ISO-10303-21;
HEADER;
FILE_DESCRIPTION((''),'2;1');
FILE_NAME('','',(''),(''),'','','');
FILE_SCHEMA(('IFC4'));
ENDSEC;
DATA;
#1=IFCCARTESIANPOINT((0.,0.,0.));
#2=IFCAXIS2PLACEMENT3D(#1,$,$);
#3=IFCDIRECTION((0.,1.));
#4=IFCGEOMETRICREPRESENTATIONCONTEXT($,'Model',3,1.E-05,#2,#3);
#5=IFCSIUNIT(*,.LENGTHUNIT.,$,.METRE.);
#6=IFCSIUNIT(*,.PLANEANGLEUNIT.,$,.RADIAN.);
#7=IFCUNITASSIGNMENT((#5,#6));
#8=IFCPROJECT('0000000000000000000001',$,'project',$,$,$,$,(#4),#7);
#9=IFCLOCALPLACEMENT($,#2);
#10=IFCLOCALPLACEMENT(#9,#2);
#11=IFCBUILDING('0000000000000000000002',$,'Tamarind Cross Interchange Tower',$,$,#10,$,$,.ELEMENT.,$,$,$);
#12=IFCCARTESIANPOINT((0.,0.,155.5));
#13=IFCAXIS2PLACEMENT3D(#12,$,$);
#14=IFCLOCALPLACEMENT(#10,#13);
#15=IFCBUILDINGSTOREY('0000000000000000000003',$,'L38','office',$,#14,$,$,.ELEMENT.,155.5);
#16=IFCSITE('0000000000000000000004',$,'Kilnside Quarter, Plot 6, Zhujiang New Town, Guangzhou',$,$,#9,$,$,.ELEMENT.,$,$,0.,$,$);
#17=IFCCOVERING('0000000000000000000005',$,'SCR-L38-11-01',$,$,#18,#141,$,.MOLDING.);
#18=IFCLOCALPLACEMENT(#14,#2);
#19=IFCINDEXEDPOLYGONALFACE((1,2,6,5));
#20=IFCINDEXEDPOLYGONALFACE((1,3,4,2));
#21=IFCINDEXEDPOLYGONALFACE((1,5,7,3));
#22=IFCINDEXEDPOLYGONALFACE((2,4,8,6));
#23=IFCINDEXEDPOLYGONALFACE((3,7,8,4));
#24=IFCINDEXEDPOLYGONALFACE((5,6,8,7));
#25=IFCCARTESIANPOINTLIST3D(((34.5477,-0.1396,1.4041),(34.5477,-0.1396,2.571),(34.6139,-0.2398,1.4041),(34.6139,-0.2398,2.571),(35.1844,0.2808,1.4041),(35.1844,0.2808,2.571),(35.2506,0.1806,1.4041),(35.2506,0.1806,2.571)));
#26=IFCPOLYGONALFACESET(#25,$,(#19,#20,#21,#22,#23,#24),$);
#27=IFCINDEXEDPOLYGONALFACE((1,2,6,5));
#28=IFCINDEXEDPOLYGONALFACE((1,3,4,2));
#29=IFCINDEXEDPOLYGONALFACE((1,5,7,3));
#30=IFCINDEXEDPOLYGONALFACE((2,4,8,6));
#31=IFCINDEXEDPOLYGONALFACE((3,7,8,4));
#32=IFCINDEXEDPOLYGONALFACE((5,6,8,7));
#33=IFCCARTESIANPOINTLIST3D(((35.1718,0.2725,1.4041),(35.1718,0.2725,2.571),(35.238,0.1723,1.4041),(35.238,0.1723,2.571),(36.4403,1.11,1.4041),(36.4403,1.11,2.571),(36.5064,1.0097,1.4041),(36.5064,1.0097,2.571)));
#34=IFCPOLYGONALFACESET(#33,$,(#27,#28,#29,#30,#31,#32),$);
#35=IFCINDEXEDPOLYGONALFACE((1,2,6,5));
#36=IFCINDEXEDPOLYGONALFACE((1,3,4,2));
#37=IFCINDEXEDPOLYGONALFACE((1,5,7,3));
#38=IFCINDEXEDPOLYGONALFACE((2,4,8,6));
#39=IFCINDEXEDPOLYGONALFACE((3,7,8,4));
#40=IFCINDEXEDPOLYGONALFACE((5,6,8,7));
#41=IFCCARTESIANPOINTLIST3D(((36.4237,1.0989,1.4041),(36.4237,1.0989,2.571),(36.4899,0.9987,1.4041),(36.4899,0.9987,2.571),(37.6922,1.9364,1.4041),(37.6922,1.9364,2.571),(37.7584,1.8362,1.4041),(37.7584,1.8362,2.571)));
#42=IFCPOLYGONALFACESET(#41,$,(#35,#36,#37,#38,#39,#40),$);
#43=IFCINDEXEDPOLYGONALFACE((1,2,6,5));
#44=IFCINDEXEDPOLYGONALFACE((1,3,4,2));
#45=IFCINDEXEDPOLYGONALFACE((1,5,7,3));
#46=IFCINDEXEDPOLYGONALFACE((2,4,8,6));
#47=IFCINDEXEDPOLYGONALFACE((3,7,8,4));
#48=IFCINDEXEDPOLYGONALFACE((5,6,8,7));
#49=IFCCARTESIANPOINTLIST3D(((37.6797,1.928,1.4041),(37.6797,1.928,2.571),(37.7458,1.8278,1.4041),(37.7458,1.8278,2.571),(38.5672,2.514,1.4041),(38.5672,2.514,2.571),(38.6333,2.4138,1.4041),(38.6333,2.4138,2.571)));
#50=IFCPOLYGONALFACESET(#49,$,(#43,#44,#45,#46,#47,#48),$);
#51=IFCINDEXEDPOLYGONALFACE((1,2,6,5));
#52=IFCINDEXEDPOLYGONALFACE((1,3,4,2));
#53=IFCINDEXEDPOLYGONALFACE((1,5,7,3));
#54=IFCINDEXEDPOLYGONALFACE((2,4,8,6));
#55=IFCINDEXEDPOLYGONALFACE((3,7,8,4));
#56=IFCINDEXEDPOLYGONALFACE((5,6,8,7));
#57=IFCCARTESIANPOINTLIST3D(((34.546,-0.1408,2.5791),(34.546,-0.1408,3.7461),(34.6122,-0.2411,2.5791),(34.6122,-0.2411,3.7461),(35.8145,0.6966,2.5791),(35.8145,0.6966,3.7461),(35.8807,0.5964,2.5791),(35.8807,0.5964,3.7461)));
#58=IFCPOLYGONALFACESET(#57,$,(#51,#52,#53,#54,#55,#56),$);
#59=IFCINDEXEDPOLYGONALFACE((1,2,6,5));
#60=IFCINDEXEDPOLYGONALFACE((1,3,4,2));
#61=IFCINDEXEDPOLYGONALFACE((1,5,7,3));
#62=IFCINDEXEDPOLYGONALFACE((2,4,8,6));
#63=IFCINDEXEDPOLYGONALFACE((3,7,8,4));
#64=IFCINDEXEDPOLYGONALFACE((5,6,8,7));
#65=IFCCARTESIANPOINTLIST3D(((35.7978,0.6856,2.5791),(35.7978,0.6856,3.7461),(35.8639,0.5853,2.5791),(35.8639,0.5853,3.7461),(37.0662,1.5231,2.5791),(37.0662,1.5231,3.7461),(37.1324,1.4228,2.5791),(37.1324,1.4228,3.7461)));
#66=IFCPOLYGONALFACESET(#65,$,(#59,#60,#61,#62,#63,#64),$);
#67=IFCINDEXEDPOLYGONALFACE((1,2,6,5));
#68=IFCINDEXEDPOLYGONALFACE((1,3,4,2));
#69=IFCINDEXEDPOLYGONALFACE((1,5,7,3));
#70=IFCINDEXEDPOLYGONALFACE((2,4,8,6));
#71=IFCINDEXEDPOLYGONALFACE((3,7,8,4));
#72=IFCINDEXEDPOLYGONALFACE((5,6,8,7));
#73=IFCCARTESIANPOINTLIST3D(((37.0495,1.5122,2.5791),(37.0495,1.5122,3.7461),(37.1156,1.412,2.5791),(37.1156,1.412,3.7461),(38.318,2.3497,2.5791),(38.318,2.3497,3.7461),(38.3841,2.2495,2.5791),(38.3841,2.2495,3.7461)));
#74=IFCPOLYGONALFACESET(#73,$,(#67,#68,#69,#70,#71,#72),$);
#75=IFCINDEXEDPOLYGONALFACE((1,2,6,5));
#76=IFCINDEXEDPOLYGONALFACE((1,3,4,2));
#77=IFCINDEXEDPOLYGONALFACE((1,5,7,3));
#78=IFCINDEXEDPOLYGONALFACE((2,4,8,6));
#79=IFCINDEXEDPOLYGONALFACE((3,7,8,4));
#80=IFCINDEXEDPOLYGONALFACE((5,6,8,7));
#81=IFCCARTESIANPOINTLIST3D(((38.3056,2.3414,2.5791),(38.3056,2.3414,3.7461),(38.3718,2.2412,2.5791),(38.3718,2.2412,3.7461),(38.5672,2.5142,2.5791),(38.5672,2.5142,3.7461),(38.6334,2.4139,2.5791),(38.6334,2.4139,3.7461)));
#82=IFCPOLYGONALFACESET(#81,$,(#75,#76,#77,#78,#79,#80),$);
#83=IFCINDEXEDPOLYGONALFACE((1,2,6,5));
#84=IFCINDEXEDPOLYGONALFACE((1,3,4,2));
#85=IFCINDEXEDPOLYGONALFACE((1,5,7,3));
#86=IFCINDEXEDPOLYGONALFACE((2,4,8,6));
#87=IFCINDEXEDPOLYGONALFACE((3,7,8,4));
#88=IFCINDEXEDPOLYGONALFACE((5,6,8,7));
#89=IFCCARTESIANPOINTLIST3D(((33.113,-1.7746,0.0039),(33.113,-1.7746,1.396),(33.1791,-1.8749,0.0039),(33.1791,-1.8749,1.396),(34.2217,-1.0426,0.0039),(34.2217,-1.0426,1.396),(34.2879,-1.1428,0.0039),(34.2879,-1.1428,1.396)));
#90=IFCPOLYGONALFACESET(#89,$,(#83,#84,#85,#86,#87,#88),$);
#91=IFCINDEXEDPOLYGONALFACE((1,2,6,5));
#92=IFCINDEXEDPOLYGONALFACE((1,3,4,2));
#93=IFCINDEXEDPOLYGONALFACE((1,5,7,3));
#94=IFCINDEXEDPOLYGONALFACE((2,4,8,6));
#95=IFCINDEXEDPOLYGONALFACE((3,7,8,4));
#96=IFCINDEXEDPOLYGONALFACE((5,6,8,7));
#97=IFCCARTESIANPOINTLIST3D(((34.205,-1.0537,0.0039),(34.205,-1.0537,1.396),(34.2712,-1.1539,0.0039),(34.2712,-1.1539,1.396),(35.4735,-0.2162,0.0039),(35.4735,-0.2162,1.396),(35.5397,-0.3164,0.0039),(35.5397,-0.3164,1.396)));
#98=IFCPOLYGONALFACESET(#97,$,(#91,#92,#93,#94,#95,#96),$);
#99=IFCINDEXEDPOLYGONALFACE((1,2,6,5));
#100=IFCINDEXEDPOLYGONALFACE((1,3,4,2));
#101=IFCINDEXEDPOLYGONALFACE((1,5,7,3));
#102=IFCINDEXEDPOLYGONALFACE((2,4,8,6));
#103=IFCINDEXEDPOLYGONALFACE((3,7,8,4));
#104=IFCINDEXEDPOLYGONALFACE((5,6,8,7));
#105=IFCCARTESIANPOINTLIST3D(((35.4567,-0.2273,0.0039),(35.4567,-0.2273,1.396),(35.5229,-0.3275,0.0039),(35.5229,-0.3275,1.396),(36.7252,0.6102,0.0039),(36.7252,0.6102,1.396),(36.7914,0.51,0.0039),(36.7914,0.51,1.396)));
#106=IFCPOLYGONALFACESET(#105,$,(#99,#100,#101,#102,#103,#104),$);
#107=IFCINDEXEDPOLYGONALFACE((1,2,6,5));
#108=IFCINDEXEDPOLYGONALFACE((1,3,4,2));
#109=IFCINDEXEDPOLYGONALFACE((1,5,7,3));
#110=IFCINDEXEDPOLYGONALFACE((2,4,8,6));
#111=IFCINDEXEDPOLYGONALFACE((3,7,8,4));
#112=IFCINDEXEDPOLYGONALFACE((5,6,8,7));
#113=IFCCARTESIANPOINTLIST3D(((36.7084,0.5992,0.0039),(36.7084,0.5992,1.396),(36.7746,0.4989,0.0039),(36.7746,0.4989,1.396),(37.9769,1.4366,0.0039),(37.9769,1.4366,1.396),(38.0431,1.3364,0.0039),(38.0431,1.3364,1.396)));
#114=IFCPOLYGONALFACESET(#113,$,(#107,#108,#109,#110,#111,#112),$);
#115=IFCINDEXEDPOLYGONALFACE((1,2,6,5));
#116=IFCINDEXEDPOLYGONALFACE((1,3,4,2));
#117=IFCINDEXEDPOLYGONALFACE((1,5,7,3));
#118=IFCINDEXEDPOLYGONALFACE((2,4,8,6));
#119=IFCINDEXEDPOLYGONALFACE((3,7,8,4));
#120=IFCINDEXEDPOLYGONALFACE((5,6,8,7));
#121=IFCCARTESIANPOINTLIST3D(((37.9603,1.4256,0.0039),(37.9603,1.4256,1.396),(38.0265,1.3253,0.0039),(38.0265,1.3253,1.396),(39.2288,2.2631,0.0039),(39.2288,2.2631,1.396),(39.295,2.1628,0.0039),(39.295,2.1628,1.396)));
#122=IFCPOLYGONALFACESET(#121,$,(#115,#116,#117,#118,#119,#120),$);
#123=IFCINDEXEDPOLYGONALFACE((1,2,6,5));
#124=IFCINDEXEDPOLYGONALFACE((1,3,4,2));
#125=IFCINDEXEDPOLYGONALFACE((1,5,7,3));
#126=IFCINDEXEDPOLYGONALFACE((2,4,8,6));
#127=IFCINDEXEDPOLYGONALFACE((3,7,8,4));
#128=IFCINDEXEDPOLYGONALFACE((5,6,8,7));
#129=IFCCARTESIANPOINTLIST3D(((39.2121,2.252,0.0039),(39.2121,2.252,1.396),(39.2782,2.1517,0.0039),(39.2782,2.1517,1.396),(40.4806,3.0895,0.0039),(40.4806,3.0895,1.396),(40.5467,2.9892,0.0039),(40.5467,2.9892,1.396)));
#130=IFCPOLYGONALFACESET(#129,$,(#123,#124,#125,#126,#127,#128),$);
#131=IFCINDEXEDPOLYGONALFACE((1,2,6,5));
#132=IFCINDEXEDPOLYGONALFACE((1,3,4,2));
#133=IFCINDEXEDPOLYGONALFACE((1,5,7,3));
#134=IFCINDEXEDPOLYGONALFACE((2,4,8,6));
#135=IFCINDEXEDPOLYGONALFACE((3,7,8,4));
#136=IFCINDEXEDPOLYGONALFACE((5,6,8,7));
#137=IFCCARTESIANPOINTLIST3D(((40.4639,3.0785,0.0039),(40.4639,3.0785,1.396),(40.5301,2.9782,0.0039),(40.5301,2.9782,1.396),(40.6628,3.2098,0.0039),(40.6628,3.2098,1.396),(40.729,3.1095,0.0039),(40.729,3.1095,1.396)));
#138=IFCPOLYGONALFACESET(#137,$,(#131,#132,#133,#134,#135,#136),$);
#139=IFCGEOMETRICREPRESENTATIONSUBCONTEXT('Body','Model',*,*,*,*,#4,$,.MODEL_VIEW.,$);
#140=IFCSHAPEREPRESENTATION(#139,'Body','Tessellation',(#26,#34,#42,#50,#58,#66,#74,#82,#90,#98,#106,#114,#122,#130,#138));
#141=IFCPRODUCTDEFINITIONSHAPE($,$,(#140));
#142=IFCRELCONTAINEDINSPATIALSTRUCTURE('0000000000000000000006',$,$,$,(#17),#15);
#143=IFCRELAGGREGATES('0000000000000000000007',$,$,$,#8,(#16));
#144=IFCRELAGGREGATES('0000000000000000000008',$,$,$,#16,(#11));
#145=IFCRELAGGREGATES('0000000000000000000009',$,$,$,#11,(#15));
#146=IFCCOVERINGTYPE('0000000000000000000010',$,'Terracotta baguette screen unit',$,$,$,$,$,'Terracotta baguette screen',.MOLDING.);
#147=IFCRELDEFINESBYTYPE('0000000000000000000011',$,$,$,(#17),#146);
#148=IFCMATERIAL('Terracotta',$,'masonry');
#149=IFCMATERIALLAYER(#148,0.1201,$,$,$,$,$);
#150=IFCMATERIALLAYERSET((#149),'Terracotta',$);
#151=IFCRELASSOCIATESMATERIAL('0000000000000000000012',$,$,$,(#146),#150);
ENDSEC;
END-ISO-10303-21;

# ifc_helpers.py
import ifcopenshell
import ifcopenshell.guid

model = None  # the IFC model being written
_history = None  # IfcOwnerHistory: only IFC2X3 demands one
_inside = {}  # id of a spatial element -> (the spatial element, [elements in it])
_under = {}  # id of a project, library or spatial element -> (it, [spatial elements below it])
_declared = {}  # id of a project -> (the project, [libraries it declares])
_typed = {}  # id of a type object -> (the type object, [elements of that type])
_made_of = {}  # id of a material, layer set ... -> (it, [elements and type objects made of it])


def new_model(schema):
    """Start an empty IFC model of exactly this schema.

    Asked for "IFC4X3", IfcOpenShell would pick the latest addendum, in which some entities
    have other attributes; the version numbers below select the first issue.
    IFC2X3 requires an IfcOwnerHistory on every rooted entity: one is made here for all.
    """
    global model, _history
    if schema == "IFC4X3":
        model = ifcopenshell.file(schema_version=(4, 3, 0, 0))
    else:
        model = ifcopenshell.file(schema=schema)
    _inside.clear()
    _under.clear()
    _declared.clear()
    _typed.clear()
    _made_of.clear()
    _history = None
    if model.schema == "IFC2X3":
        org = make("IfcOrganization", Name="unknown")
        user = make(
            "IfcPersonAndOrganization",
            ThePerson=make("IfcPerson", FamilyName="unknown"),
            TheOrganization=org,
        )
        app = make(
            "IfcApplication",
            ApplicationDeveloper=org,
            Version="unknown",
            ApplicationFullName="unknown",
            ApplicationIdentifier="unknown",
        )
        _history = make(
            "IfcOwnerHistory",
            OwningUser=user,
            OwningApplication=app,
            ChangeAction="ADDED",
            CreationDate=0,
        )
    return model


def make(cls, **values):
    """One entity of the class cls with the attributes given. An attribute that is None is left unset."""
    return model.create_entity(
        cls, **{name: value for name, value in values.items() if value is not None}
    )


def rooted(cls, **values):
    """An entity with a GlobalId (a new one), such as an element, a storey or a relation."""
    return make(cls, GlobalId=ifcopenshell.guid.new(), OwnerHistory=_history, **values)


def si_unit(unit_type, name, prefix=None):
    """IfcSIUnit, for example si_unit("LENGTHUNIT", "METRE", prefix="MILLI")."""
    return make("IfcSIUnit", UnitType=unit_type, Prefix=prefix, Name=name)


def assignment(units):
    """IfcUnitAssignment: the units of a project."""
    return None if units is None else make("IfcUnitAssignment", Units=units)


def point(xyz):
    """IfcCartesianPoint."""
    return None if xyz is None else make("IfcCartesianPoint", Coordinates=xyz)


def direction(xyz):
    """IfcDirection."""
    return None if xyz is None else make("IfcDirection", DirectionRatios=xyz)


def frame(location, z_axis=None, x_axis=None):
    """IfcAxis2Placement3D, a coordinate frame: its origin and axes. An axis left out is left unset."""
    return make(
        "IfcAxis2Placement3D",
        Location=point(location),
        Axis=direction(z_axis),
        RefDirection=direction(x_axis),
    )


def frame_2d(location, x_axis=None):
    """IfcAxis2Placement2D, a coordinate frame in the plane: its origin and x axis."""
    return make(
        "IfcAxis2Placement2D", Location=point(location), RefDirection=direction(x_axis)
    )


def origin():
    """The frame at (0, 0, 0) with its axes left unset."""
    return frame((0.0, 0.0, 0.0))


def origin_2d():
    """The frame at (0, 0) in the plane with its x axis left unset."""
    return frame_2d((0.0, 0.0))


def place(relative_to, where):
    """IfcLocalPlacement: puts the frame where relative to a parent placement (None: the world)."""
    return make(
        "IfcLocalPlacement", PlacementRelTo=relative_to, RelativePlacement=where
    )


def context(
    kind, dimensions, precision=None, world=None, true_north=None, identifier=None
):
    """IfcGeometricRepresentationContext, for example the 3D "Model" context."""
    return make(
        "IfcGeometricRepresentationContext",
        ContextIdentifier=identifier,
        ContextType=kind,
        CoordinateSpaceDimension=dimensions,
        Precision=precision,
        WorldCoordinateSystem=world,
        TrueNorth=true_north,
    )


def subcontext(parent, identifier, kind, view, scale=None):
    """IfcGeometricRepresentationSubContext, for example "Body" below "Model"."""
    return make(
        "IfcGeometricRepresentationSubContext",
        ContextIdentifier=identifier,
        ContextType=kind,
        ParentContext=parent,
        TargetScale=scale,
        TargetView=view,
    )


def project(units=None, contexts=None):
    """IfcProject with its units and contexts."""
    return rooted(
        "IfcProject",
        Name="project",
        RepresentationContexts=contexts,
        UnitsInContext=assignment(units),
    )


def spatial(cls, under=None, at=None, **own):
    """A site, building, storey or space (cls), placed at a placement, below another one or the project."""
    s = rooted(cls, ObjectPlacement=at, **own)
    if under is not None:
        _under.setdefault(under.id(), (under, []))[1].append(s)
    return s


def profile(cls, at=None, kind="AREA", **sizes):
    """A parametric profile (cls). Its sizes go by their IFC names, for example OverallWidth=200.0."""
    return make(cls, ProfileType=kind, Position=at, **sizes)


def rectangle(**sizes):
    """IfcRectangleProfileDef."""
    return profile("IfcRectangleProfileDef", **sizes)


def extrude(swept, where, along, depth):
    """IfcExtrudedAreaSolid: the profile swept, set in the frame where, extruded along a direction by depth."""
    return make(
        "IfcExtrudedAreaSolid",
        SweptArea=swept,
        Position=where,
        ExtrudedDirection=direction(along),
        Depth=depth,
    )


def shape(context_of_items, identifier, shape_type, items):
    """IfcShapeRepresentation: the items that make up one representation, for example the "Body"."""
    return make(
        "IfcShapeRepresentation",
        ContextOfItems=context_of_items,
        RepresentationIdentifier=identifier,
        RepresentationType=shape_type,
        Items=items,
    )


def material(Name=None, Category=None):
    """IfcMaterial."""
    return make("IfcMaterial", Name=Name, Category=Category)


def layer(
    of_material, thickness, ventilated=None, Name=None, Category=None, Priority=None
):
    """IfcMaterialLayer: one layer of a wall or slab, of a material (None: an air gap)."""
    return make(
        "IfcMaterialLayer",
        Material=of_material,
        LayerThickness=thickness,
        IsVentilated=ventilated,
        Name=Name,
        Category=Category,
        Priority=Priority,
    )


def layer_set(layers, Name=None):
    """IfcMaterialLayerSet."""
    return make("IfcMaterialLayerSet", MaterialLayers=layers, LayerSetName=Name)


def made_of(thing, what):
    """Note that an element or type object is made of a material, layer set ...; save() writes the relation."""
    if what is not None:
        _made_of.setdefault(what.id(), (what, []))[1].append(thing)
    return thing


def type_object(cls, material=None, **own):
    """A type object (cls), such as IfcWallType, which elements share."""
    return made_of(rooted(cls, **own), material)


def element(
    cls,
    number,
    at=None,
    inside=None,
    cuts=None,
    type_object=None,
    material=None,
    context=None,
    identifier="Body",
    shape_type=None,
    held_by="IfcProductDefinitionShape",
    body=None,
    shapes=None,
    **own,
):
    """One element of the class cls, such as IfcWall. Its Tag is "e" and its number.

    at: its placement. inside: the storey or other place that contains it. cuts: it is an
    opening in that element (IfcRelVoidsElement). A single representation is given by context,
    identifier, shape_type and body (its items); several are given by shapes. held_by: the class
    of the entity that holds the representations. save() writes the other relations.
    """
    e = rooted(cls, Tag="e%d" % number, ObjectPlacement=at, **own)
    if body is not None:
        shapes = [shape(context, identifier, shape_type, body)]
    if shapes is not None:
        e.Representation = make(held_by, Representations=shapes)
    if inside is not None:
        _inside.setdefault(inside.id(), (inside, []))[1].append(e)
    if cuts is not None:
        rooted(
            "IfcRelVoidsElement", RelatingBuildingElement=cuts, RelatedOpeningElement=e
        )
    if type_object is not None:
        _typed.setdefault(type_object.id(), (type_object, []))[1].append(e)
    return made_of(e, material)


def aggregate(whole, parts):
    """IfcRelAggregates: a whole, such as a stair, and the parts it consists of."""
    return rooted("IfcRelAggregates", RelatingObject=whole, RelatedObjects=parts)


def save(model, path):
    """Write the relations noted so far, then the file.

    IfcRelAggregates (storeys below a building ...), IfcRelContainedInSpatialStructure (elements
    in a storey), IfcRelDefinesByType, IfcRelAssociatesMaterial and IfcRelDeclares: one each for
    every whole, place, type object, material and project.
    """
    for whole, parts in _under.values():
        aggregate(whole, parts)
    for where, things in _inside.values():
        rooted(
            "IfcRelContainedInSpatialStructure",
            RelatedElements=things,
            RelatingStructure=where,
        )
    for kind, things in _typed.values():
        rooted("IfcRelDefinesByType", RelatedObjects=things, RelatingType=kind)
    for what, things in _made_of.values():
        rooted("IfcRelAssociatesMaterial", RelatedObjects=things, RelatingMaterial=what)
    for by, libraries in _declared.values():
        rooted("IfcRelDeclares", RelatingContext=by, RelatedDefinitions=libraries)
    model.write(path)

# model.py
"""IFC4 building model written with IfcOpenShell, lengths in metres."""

from ifc_helpers import new_model, si_unit, direction, frame, origin, origin_2d, place, context, subcontext, project, spatial, rectangle, extrude, material, layer, layer_set, type_object, element, save


model = new_model("IFC4")

# Units and contexts
model_context = context("Model", 3, precision=1e-05, world=origin(), true_north=direction((0.0, 1.0)))
body_context = subcontext(model_context, "Body", "Model", "MODEL_VIEW")
ifc_project = project(units=[si_unit("LENGTHUNIT", "METRE"), si_unit("PLANEANGLEUNIT", "RADIAN")], contexts=[model_context])

# Site, building, storey
site_placement = place(None, origin())
site = spatial("IfcSite", under=ifc_project, at=site_placement, Name="Kilnside Quarter, Plot 6, Zhujiang New Town, Guangzhou", CompositionType="ELEMENT", RefElevation=0.0)
building_placement = place(site_placement, origin())
building = spatial("IfcBuilding", under=site, at=building_placement, Name="Tamarind Cross Interchange Tower", CompositionType="ELEMENT")
storey_placement = place(building_placement, frame((0.0, 0.0, 155.5)))
storey = spatial("IfcBuildingStorey", under=building, at=storey_placement, Name="L38", Description="office", CompositionType="ELEMENT", Elevation=155.5)

# Covering
ifc_material_1 = material(Name="Terracotta", Category="masonry")
ifc_layer_1 = layer(ifc_material_1, 0.1201)
ifc_layer_set_1 = layer_set([ifc_layer_1], Name="Terracotta")
covering_type = type_object("IfcCoveringType", Name="Terracotta baguette screen unit", ElementType="Terracotta baguette screen", PredefinedType="MOLDING", material=ifc_layer_set_1)
covering_1_placement = place(storey_placement, origin())
element("IfcCovering", 1, at=covering_1_placement, inside=storey, type_object=covering_type, Name="SCR-L38-11-01", PredefinedType="MOLDING", context=body_context, shape_type="SweptSolid", body=[
    extrude(rectangle(XDim=0.7629, YDim=0.1201, at=origin_2d()), frame((34.8992, 0.0205, 1.4041), z_axis=(0.0, 0.0, 1.0), x_axis=(0.834525, 0.55097, 0.0)), (0.0, 0.0, 1.0), 1.167),
    extrude(rectangle(XDim=1.52, YDim=0.1201, at=origin_2d()), frame((35.8391, 0.6411, 1.4041), z_axis=(0.0, 0.0, 1.0), x_axis=(0.834525, 0.55097, 0.0)), (0.0, 0.0, 1.0), 1.167),
    extrude(rectangle(XDim=1.52, YDim=0.1201, at=origin_2d()), frame((37.0911, 1.4675, 1.4041), z_axis=(0.0, 0.0, 1.0), x_axis=(0.834525, 0.55097, 0.0)), (0.0, 0.0, 1.0), 1.167),
    extrude(rectangle(XDim=1.0635, YDim=0.1201, at=origin_2d()), frame((38.1565, 2.1709, 1.4041), z_axis=(0.0, 0.0, 1.0), x_axis=(0.834525, 0.55097, 0.0)), (0.0, 0.0, 1.0), 1.167),
    extrude(rectangle(XDim=1.52, YDim=0.1201, at=origin_2d()), frame((35.2134, 0.2278, 2.5791), z_axis=(0.0, 0.0, 1.0), x_axis=(0.834525, 0.55097, 0.0)), (0.0, 0.0, 1.0), 1.167),
    extrude(rectangle(XDim=1.52, YDim=0.1201, at=origin_2d()), frame((36.4651, 1.0542, 2.5791), z_axis=(0.0, 0.0, 1.0), x_axis=(0.834525, 0.55097, 0.0)), (0.0, 0.0, 1.0), 1.167),
    extrude(rectangle(XDim=1.52, YDim=0.1201, at=origin_2d()), frame((37.7168, 1.8809, 2.5791), z_axis=(0.0, 0.0, 1.0), x_axis=(0.834525, 0.55097, 0.0)), (0.0, 0.0, 1.0), 1.167),
    extrude(rectangle(XDim=0.3135, YDim=0.1201, at=origin_2d()), frame((38.4695, 2.3777, 2.5791), z_axis=(0.0, 0.0, 1.0), x_axis=(0.834525, 0.55097, 0.0)), (0.0, 0.0, 1.0), 1.167),
    extrude(rectangle(XDim=1.3286, YDim=0.1201, at=origin_2d()), frame((33.7004, -1.4587, 0.0039), z_axis=(0.0, 0.0, 1.0), x_axis=(0.834525, 0.55097, 0.0)), (0.0, 0.0, 1.0), 1.3921),
    extrude(rectangle(XDim=1.52, YDim=0.1201, at=origin_2d()), frame((34.8723, -0.6851, 0.0039), z_axis=(0.0, 0.0, 1.0), x_axis=(0.834525, 0.55097, 0.0)), (0.0, 0.0, 1.0), 1.3921),
    extrude(rectangle(XDim=1.52, YDim=0.1201, at=origin_2d()), frame((36.124, 0.1414, 0.0039), z_axis=(0.0, 0.0, 1.0), x_axis=(0.834525, 0.55097, 0.0)), (0.0, 0.0, 1.0), 1.3921),
    extrude(rectangle(XDim=1.52, YDim=0.1201, at=origin_2d()), frame((37.3757, 0.9678, 0.0039), z_axis=(0.0, 0.0, 1.0), x_axis=(0.834525, 0.55097, 0.0)), (0.0, 0.0, 1.0), 1.3921),
    extrude(rectangle(XDim=1.52, YDim=0.1201, at=origin_2d()), frame((38.6277, 1.7942, 0.0039), z_axis=(0.0, 0.0, 1.0), x_axis=(0.834525, 0.55097, 0.0)), (0.0, 0.0, 1.0), 1.3921),
    extrude(rectangle(XDim=1.52, YDim=0.1201, at=origin_2d()), frame((39.8794, 2.6206, 0.0039), z_axis=(0.0, 0.0, 1.0), x_axis=(0.834525, 0.55097, 0.0)), (0.0, 0.0, 1.0), 1.3921),
    extrude(rectangle(XDim=0.2383, YDim=0.1201, at=origin_2d()), frame((40.5964, 3.094, 0.0039), z_axis=(0.0, 0.0, 1.0), x_axis=(0.834525, 0.55097, 0.0)), (0.0, 0.0, 1.0), 1.3921),
])

save(model, "model.ifc")
